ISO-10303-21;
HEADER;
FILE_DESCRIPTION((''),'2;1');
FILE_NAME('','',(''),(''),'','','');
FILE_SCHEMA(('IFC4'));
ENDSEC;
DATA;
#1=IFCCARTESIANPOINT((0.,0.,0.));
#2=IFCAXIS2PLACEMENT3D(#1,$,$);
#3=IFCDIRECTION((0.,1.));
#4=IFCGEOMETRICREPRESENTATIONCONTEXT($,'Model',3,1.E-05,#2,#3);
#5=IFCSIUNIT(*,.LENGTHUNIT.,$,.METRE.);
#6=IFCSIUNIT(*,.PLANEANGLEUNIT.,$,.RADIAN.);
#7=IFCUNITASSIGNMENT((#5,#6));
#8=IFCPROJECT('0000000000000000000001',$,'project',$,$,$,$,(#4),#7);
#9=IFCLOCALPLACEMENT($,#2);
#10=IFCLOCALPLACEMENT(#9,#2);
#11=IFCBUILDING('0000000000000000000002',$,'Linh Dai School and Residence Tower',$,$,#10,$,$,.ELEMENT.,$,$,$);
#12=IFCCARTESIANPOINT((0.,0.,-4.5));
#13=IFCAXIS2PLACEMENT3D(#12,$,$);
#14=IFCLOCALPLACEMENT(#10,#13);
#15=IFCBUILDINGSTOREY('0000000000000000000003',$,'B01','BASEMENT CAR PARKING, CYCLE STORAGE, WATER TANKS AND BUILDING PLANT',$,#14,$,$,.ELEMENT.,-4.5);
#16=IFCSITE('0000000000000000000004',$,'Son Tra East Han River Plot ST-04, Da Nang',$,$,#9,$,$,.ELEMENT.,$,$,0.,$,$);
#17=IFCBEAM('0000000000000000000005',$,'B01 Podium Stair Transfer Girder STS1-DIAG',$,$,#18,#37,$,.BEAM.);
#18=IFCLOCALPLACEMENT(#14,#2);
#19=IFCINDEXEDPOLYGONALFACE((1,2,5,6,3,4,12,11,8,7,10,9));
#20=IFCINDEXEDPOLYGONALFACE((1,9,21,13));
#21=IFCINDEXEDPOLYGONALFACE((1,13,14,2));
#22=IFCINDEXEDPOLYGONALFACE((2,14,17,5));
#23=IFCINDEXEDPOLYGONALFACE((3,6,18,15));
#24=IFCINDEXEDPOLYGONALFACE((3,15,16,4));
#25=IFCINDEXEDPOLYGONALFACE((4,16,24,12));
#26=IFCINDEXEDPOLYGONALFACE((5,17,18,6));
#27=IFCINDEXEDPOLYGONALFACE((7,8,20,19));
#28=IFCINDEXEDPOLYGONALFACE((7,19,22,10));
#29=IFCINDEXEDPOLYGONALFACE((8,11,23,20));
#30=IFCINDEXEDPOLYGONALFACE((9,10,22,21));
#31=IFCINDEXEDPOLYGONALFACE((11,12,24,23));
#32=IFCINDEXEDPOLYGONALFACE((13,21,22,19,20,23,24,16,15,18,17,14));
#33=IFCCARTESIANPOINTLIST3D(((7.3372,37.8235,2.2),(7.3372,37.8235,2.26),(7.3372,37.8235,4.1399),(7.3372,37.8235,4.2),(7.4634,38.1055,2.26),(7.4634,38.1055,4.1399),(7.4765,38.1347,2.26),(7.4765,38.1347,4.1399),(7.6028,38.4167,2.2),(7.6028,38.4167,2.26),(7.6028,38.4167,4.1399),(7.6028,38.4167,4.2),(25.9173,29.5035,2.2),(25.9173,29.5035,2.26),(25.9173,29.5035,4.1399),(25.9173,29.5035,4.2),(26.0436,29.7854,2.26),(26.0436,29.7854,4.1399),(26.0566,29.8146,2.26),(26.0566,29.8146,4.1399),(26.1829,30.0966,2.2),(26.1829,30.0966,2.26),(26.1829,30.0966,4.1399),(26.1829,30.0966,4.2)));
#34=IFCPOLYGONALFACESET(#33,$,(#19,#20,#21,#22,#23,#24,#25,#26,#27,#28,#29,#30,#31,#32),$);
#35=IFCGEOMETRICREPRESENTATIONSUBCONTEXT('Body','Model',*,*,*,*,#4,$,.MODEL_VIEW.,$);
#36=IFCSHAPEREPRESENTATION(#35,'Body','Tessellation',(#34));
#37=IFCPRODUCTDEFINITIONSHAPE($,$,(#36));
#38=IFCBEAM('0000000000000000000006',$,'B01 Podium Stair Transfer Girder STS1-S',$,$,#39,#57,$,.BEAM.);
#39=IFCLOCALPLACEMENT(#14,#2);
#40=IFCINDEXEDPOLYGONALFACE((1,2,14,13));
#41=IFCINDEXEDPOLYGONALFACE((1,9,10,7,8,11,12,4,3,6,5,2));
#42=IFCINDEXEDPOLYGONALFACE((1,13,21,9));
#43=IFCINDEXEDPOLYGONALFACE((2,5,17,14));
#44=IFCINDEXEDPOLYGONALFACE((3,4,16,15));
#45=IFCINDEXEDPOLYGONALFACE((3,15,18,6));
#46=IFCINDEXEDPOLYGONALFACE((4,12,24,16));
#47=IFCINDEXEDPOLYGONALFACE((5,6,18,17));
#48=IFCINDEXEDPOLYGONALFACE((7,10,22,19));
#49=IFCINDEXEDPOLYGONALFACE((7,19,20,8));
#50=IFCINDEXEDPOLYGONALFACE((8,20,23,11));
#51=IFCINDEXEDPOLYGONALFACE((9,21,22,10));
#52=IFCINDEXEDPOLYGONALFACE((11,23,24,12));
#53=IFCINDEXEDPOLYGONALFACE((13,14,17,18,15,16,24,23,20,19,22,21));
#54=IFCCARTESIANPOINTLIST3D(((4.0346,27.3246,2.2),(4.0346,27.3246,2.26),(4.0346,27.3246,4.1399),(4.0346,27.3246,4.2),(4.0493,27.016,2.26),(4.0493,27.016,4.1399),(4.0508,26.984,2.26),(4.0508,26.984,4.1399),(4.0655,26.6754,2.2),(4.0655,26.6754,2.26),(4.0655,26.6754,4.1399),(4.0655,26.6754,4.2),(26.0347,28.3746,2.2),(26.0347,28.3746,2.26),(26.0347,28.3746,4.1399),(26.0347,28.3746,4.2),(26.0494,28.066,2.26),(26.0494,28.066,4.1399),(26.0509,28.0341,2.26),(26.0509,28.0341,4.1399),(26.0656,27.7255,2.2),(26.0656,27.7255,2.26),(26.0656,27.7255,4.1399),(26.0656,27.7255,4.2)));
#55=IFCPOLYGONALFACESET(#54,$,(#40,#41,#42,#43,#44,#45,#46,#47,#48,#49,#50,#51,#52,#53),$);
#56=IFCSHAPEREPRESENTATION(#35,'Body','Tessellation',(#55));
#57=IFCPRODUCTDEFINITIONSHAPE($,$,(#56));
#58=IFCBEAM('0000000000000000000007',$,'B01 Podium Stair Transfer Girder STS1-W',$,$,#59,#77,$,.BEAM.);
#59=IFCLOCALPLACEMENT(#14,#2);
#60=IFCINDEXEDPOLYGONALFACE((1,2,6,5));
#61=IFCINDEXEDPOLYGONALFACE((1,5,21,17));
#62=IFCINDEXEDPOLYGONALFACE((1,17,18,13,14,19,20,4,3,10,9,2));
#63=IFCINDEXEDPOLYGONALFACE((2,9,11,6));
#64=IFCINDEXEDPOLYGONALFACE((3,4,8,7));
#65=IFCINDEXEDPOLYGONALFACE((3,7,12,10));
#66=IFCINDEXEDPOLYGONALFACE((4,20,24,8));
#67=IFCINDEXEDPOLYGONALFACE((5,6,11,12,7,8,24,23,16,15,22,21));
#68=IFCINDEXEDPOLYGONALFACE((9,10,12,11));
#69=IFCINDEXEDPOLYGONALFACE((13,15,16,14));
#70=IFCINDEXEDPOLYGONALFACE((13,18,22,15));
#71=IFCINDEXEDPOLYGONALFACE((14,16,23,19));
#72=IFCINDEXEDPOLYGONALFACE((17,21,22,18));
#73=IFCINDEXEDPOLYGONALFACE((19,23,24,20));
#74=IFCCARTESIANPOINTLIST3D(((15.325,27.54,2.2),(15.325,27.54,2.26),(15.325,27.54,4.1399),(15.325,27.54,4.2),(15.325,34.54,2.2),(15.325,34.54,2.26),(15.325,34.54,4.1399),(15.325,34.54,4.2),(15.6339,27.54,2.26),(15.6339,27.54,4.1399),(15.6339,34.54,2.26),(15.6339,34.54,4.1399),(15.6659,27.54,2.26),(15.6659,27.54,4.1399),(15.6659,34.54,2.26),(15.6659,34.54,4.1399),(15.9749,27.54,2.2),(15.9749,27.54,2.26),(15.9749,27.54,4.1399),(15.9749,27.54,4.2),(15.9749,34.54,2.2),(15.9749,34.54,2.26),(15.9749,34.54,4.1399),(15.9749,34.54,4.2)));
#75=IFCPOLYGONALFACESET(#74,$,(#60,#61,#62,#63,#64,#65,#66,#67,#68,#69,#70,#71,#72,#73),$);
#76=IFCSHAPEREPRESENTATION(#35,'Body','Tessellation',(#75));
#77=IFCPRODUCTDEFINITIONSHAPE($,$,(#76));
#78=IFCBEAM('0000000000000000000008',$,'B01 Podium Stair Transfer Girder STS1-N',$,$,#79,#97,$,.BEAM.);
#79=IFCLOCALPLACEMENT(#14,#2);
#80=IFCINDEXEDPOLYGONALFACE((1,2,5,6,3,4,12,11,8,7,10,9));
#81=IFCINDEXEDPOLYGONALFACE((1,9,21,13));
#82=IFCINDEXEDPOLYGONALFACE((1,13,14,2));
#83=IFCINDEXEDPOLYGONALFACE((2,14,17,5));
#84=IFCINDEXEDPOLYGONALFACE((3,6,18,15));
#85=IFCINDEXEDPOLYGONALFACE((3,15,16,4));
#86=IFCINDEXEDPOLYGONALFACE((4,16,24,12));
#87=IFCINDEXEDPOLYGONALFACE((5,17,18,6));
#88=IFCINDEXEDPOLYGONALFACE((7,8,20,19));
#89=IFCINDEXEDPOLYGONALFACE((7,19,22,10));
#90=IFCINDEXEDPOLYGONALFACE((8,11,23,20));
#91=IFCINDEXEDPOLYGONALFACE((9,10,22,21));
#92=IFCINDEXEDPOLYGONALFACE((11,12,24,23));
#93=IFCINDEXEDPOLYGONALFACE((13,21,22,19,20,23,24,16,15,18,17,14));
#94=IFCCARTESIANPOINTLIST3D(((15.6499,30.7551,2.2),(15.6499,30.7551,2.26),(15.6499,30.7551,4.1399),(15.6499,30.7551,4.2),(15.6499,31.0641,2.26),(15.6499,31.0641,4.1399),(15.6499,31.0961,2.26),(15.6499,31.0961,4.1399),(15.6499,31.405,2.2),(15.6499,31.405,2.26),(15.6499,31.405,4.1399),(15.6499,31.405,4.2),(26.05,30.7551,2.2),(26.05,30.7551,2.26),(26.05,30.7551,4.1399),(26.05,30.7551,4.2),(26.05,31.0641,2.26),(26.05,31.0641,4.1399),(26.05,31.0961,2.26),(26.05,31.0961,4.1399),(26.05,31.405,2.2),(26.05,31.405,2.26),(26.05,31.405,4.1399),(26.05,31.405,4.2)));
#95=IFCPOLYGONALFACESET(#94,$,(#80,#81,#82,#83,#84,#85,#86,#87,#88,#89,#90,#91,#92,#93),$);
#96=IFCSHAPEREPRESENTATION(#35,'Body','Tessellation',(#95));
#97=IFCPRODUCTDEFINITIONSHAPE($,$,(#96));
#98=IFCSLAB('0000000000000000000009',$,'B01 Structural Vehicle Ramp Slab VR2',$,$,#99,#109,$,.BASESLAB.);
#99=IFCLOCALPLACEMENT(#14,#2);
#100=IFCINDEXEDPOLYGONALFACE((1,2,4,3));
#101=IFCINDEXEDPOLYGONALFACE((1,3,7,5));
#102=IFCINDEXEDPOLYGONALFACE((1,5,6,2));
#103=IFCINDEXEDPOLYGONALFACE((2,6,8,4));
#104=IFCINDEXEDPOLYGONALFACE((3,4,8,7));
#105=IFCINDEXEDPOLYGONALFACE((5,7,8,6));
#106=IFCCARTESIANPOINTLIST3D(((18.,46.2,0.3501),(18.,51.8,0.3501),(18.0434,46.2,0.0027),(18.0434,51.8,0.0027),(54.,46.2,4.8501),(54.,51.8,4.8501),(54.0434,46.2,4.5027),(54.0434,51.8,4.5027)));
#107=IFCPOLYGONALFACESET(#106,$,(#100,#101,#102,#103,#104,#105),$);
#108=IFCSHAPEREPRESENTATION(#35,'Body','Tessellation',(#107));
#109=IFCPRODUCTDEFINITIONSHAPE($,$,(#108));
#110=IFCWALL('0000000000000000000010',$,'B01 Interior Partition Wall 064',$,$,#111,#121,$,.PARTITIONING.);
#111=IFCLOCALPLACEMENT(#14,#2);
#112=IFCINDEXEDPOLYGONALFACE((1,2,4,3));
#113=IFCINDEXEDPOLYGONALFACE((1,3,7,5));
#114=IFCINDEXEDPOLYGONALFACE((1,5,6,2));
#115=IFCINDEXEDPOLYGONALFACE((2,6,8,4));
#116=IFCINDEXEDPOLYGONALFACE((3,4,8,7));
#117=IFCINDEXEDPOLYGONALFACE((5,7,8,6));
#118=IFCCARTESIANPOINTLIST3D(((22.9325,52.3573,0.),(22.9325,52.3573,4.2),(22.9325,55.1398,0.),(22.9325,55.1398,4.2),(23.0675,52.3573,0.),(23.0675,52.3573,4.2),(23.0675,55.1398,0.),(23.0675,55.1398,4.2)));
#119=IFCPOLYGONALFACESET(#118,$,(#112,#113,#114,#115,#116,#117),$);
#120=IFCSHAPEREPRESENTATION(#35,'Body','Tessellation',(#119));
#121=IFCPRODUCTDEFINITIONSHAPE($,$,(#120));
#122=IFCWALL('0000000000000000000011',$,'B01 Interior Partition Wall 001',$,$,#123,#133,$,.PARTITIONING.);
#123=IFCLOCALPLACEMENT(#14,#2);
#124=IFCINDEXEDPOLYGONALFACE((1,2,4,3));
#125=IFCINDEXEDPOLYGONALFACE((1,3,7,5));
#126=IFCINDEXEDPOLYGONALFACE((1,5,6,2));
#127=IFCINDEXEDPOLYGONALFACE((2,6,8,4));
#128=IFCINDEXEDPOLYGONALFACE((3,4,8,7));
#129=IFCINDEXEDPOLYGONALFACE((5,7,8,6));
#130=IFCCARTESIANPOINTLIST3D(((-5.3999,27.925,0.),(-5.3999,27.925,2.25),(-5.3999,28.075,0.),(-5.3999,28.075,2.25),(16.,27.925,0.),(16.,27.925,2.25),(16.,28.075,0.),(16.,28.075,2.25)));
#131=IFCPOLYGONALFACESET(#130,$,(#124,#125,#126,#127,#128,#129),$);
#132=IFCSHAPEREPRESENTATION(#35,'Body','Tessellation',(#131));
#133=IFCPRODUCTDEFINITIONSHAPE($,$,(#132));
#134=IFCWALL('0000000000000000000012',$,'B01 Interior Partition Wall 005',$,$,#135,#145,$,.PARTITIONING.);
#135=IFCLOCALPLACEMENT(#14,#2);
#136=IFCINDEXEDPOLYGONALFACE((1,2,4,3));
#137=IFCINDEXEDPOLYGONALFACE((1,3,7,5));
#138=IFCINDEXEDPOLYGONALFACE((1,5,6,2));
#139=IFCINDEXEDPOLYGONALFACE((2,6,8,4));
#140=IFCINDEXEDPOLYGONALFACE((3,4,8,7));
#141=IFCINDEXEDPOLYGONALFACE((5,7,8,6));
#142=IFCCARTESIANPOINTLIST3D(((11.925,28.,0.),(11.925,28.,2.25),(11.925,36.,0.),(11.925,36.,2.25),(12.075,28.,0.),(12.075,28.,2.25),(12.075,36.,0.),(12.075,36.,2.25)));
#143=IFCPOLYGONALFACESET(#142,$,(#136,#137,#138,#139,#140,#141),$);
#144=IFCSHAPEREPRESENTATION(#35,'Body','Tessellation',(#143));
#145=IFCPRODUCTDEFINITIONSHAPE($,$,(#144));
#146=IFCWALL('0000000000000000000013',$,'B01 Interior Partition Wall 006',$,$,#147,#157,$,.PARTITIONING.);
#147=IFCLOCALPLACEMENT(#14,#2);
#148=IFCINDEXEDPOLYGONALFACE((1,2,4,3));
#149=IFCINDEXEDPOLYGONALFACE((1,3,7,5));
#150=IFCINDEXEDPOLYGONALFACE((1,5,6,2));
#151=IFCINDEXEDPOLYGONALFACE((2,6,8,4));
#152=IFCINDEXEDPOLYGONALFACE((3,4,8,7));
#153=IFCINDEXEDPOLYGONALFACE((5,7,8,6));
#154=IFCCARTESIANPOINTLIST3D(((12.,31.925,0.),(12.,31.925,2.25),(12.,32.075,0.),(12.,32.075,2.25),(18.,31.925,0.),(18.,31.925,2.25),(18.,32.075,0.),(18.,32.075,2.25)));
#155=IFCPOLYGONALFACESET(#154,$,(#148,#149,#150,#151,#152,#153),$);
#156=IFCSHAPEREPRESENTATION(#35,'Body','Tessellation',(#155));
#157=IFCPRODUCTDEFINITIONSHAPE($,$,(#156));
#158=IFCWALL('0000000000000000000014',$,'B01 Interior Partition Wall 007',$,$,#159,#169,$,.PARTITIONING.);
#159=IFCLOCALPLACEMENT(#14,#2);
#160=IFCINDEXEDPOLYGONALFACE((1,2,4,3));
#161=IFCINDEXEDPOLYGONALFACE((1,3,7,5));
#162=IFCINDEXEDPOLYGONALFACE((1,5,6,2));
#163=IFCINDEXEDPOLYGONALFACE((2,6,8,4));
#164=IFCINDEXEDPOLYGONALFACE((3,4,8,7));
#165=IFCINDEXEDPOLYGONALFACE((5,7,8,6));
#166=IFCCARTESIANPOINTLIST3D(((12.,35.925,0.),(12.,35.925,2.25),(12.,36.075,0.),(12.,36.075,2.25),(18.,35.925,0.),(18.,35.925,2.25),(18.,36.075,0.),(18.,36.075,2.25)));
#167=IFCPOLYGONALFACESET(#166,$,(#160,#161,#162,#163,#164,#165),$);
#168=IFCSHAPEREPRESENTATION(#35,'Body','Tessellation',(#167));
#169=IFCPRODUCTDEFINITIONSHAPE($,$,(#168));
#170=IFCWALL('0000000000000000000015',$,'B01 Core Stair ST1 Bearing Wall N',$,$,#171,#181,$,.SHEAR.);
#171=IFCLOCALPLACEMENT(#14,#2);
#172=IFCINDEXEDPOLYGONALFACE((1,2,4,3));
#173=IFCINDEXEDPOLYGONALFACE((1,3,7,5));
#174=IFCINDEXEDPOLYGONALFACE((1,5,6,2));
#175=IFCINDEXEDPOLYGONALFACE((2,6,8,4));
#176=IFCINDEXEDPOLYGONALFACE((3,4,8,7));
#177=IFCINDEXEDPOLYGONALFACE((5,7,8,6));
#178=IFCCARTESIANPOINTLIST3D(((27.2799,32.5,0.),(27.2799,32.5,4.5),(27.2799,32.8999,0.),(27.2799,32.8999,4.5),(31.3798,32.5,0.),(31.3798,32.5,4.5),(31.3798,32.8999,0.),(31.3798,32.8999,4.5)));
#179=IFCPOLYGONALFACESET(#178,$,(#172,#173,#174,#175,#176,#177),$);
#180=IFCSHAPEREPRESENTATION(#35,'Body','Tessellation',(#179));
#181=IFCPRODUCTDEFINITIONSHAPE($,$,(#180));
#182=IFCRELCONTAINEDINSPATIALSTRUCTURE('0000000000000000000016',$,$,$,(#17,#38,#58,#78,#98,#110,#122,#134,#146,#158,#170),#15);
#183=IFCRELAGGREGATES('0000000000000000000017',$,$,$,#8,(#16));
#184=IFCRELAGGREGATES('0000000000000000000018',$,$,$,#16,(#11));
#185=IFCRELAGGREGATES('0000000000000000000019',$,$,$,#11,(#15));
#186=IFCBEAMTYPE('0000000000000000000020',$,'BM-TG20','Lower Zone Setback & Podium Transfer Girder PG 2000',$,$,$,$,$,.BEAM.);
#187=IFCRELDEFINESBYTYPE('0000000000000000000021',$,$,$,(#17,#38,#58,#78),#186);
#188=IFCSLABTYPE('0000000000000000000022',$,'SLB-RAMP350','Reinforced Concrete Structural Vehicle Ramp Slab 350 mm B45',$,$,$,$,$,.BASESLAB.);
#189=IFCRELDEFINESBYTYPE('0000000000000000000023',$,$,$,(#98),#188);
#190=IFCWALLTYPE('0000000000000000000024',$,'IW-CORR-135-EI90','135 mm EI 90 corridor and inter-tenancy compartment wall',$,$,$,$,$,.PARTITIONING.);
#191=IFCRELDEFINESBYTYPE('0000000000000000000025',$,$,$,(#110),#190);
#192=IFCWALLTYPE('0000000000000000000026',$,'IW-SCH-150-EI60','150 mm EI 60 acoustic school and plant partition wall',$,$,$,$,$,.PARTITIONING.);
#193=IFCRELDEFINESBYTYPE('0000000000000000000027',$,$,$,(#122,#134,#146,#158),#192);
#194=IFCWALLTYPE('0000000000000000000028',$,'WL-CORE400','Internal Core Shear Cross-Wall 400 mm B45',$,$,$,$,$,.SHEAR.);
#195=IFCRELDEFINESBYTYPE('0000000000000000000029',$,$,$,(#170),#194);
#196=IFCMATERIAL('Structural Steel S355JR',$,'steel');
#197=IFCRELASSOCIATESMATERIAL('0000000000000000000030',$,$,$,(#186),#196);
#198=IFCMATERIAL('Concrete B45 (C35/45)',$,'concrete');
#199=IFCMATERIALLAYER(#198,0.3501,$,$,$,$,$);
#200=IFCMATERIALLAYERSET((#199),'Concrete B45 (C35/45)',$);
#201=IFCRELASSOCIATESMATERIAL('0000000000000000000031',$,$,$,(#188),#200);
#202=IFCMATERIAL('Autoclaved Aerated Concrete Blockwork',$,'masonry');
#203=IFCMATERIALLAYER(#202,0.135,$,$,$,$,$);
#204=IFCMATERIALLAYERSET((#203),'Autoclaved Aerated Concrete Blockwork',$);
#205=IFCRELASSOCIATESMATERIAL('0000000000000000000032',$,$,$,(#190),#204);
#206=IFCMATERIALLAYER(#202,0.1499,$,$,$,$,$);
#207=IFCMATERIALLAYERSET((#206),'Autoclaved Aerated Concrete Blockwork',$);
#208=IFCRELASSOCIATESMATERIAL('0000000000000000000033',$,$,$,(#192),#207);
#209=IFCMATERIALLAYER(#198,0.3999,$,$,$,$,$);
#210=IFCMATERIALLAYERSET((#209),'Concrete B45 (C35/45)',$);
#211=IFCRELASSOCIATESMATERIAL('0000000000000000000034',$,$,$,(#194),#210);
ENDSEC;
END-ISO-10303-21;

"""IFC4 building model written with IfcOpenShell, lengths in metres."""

from ifc_helpers import new_model, si_unit, direction, frame, frame_2d, origin, origin_2d, place, context, subcontext, project, spatial, polyline, rectangle, i_section, outline, extrude, material, layer, layer_set, material_profile, profile_set, type_object, element, save


model = new_model("IFC4")

# Units and contexts
model_context = context("Model", 3, precision=1e-05, world=origin(), true_north=direction((0.0, 1.0)))
body_context = subcontext(model_context, "Body", "Model", "MODEL_VIEW")
ifc_project = project(units=[si_unit("LENGTHUNIT", "METRE"), si_unit("PLANEANGLEUNIT", "RADIAN")], contexts=[model_context])

# Site, building, storey
site_placement = place(None, origin())
site = spatial("IfcSite", under=ifc_project, at=site_placement, Name="Son Tra East Han River Plot ST-04, Da Nang", CompositionType="ELEMENT", RefElevation=0.0)
building_placement = place(site_placement, origin())
building = spatial("IfcBuilding", under=site, at=building_placement, Name="Linh Dai School and Residence Tower", CompositionType="ELEMENT")
storey_placement = place(building_placement, frame((0.0, 0.0, -4.5)))
storey = spatial("IfcBuildingStorey", under=building, at=storey_placement, Name="B01", Description="BASEMENT CAR PARKING, CYCLE STORAGE, WATER TANKS AND BUILDING PLANT", CompositionType="ELEMENT", Elevation=-4.5)

# Shared definitions
ifc_material_1 = material(Name="Structural Steel S355JR", Category="steel")

# Beams
ifc_material_profile_1 = material_profile(ifc_material_1, i_section(OverallWidth=0.6499, OverallDepth=2.0, WebThickness=0.032, FlangeThickness=0.0601, at=origin_2d()), Name="PG 2000x650x32x60")
ifc_profile_set_1 = profile_set([ifc_material_profile_1], Name="Structural Steel S355JR")
beam_type_1 = type_object("IfcBeamType", Name="BM-TG20", Description="Lower Zone Setback & Podium Transfer Girder PG 2000", PredefinedType="BEAM", material=ifc_profile_set_1)
beam_1_placement = place(storey_placement, frame((7.47, 38.1201, 3.2), z_axis=(0.912673, -0.408691, 0.0), x_axis=(0.408691, 0.912673, 0.0)))
element("IfcBeam", 1, at=beam_1_placement, inside=storey, type_object=beam_type_1, Name="B01 Podium Stair Transfer Girder STS1-DIAG", PredefinedType="BEAM", context=body_context, shape_type="SweptSolid", body=[
    extrude(i_section(OverallWidth=0.6499, OverallDepth=2.0, WebThickness=0.032, FlangeThickness=0.0601, at=origin_2d()), origin(), (0.0, 0.0, 1.0), 20.3579),
])
beam_2_placement = place(storey_placement, frame((4.05, 27.0, 3.2), z_axis=(0.998863, 0.047675, 0.0), x_axis=(-0.047675, 0.998863, 0.0)))
element("IfcBeam", 2, at=beam_2_placement, inside=storey, type_object=beam_type_1, Name="B01 Podium Stair Transfer Girder STS1-S", PredefinedType="BEAM", context=body_context, shape_type="SweptSolid", body=[
    extrude(i_section(OverallWidth=0.6499, OverallDepth=2.0, WebThickness=0.032, FlangeThickness=0.0601, at=origin_2d()), origin(), (0.0, 0.0, 1.0), 22.0251),
])
beam_3_placement = place(storey_placement, frame((15.6499, 27.54, 3.2), z_axis=(0.0, 1.0, 0.0), x_axis=(-1.0, 0.0, 0.0)))
element("IfcBeam", 3, at=beam_3_placement, inside=storey, type_object=beam_type_1, Name="B01 Podium Stair Transfer Girder STS1-W", PredefinedType="BEAM", context=body_context, shape_type="SweptSolid", body=[
    extrude(i_section(OverallWidth=0.6499, OverallDepth=2.0, WebThickness=0.032, FlangeThickness=0.0601, at=origin_2d()), origin(), (0.0, 0.0, 1.0), 7.0),
])
beam_4_placement = place(storey_placement, frame((15.6499, 31.0801, 3.2), z_axis=(1.0, 0.0, 0.0), x_axis=(0.0, 1.0, 0.0)))
element("IfcBeam", 4, at=beam_4_placement, inside=storey, type_object=beam_type_1, Name="B01 Podium Stair Transfer Girder STS1-N", PredefinedType="BEAM", context=body_context, shape_type="SweptSolid", body=[
    extrude(i_section(OverallWidth=0.6499, OverallDepth=2.0, WebThickness=0.032, FlangeThickness=0.0601, at=origin_2d()), origin(), (0.0, 0.0, 1.0), 10.4001),
])

# Slab
ifc_material_2 = material(Name="Concrete B45 (C35/45)", Category="concrete")
ifc_layer_1 = layer(ifc_material_2, 0.3501)
ifc_layer_set_1 = layer_set([ifc_layer_1], Name="Concrete B45 (C35/45)")
slab_type = type_object("IfcSlabType", Name="SLB-RAMP350", Description="Reinforced Concrete Structural Vehicle Ramp Slab 350 mm B45", PredefinedType="BASESLAB", material=ifc_layer_set_1)
slab_placement = place(storey_placement, frame((18.0, 46.2, 0.3501), z_axis=(-0.124035, 0.0, 0.992278), x_axis=(0.992278, 0.0, 0.124035)))
element("IfcSlab", 5, at=slab_placement, inside=storey, type_object=slab_type, Name="B01 Structural Vehicle Ramp Slab VR2", PredefinedType="BASESLAB", context=body_context, shape_type="SweptSolid", body=[
    extrude(outline(polyline([(0.0, 0.0), (36.2802, 0.0), (36.2802, 5.6001), (0.0, 5.6001), (0.0, 0.0)])), origin(), (0.0, 0.0, -1.0), 0.3501),
])

# Walls
ifc_material_3 = material(Name="Autoclaved Aerated Concrete Blockwork", Category="masonry")
ifc_layer_2 = layer(ifc_material_3, 0.135)
ifc_layer_set_2 = layer_set([ifc_layer_2], Name="Autoclaved Aerated Concrete Blockwork")
wall_type_1 = type_object("IfcWallType", Name="IW-CORR-135-EI90", Description="135 mm EI 90 corridor and inter-tenancy compartment wall", PredefinedType="PARTITIONING", material=ifc_layer_set_2)
wall_1_placement = place(storey_placement, frame((23.0, 52.3574, 0.0), z_axis=(0.0, 0.0, 1.0), x_axis=(0.0, 1.0, 0.0)))
element("IfcWall", 6, at=wall_1_placement, inside=storey, type_object=wall_type_1, Name="B01 Interior Partition Wall 064", PredefinedType="PARTITIONING", context=body_context, shape_type="SweptSolid", body=[
    extrude(rectangle(XDim=2.7825, YDim=0.135, at=frame_2d((1.3911, 0.0))), origin(), (0.0, 0.0, 1.0), 4.2),
])
ifc_layer_3 = layer(ifc_material_3, 0.1499)
ifc_layer_set_3 = layer_set([ifc_layer_3], Name="Autoclaved Aerated Concrete Blockwork")
wall_type_2 = type_object("IfcWallType", Name="IW-SCH-150-EI60", Description="150 mm EI 60 acoustic school and plant partition wall", PredefinedType="PARTITIONING", material=ifc_layer_set_3)
wall_2_placement = place(storey_placement, frame((-5.3999, 28.0, 0.0), z_axis=(0.0, 0.0, 1.0), x_axis=(1.0, 0.0, 0.0)))
element("IfcWall", 7, at=wall_2_placement, inside=storey, type_object=wall_type_2, Name="B01 Interior Partition Wall 001", PredefinedType="PARTITIONING", context=body_context, shape_type="SweptSolid", body=[
    extrude(rectangle(XDim=21.3999, YDim=0.1499, at=frame_2d((10.7, 0.0))), origin(), (0.0, 0.0, 1.0), 2.25),
])
wall_3_placement = place(storey_placement, frame((12.0, 28.0, 0.0), z_axis=(0.0, 0.0, 1.0), x_axis=(0.0, 1.0, 0.0)))
element("IfcWall", 8, at=wall_3_placement, inside=storey, type_object=wall_type_2, Name="B01 Interior Partition Wall 005", PredefinedType="PARTITIONING", context=body_context, shape_type="SweptSolid", body=[
    extrude(rectangle(XDim=8.0, YDim=0.1499, at=frame_2d((4.0, 0.0))), origin(), (0.0, 0.0, 1.0), 2.25),
])
for number, where, z_axis, x_axis, name in (
    (9, (12.0, 32.0, 0.0), (0.0, 0.0, 1.0), (1.0, 0.0, 0.0), "B01 Interior Partition Wall 006"),
    (10, (12.0, 36.0, 0.0), (0.0, 0.0, 1.0), (1.0, 0.0, 0.0), "B01 Interior Partition Wall 007"),
):
    element("IfcWall", number, at=place(storey_placement, frame(where, z_axis=z_axis, x_axis=x_axis)), inside=storey, type_object=wall_type_2, Name=name, PredefinedType="PARTITIONING", context=body_context, shape_type="SweptSolid", body=[
        extrude(rectangle(XDim=6.0, YDim=0.1499, at=frame_2d((3.0, 0.0))), origin(), (0.0, 0.0, 1.0), 2.25),
    ])
ifc_layer_4 = layer(ifc_material_2, 0.3999)
ifc_layer_set_4 = layer_set([ifc_layer_4], Name="Concrete B45 (C35/45)")
wall_type_3 = type_object("IfcWallType", Name="WL-CORE400", Description="Internal Core Shear Cross-Wall 400 mm B45", PredefinedType="SHEAR", material=ifc_layer_set_4)
wall_4_placement = place(storey_placement, frame((27.28, 32.7, 0.0), z_axis=(0.0, 0.0, 1.0), x_axis=(1.0, 0.0, 0.0)))
element("IfcWall", 11, at=wall_4_placement, inside=storey, type_object=wall_type_3, Name="B01 Core Stair ST1 Bearing Wall N", PredefinedType="SHEAR", context=body_context, shape_type="SweptSolid", body=[
    extrude(rectangle(XDim=4.0999, YDim=0.3999, at=frame_2d((2.0498, 0.0))), origin(), (0.0, 0.0, 1.0), 4.5),
])

save(model, "model.ifc")
